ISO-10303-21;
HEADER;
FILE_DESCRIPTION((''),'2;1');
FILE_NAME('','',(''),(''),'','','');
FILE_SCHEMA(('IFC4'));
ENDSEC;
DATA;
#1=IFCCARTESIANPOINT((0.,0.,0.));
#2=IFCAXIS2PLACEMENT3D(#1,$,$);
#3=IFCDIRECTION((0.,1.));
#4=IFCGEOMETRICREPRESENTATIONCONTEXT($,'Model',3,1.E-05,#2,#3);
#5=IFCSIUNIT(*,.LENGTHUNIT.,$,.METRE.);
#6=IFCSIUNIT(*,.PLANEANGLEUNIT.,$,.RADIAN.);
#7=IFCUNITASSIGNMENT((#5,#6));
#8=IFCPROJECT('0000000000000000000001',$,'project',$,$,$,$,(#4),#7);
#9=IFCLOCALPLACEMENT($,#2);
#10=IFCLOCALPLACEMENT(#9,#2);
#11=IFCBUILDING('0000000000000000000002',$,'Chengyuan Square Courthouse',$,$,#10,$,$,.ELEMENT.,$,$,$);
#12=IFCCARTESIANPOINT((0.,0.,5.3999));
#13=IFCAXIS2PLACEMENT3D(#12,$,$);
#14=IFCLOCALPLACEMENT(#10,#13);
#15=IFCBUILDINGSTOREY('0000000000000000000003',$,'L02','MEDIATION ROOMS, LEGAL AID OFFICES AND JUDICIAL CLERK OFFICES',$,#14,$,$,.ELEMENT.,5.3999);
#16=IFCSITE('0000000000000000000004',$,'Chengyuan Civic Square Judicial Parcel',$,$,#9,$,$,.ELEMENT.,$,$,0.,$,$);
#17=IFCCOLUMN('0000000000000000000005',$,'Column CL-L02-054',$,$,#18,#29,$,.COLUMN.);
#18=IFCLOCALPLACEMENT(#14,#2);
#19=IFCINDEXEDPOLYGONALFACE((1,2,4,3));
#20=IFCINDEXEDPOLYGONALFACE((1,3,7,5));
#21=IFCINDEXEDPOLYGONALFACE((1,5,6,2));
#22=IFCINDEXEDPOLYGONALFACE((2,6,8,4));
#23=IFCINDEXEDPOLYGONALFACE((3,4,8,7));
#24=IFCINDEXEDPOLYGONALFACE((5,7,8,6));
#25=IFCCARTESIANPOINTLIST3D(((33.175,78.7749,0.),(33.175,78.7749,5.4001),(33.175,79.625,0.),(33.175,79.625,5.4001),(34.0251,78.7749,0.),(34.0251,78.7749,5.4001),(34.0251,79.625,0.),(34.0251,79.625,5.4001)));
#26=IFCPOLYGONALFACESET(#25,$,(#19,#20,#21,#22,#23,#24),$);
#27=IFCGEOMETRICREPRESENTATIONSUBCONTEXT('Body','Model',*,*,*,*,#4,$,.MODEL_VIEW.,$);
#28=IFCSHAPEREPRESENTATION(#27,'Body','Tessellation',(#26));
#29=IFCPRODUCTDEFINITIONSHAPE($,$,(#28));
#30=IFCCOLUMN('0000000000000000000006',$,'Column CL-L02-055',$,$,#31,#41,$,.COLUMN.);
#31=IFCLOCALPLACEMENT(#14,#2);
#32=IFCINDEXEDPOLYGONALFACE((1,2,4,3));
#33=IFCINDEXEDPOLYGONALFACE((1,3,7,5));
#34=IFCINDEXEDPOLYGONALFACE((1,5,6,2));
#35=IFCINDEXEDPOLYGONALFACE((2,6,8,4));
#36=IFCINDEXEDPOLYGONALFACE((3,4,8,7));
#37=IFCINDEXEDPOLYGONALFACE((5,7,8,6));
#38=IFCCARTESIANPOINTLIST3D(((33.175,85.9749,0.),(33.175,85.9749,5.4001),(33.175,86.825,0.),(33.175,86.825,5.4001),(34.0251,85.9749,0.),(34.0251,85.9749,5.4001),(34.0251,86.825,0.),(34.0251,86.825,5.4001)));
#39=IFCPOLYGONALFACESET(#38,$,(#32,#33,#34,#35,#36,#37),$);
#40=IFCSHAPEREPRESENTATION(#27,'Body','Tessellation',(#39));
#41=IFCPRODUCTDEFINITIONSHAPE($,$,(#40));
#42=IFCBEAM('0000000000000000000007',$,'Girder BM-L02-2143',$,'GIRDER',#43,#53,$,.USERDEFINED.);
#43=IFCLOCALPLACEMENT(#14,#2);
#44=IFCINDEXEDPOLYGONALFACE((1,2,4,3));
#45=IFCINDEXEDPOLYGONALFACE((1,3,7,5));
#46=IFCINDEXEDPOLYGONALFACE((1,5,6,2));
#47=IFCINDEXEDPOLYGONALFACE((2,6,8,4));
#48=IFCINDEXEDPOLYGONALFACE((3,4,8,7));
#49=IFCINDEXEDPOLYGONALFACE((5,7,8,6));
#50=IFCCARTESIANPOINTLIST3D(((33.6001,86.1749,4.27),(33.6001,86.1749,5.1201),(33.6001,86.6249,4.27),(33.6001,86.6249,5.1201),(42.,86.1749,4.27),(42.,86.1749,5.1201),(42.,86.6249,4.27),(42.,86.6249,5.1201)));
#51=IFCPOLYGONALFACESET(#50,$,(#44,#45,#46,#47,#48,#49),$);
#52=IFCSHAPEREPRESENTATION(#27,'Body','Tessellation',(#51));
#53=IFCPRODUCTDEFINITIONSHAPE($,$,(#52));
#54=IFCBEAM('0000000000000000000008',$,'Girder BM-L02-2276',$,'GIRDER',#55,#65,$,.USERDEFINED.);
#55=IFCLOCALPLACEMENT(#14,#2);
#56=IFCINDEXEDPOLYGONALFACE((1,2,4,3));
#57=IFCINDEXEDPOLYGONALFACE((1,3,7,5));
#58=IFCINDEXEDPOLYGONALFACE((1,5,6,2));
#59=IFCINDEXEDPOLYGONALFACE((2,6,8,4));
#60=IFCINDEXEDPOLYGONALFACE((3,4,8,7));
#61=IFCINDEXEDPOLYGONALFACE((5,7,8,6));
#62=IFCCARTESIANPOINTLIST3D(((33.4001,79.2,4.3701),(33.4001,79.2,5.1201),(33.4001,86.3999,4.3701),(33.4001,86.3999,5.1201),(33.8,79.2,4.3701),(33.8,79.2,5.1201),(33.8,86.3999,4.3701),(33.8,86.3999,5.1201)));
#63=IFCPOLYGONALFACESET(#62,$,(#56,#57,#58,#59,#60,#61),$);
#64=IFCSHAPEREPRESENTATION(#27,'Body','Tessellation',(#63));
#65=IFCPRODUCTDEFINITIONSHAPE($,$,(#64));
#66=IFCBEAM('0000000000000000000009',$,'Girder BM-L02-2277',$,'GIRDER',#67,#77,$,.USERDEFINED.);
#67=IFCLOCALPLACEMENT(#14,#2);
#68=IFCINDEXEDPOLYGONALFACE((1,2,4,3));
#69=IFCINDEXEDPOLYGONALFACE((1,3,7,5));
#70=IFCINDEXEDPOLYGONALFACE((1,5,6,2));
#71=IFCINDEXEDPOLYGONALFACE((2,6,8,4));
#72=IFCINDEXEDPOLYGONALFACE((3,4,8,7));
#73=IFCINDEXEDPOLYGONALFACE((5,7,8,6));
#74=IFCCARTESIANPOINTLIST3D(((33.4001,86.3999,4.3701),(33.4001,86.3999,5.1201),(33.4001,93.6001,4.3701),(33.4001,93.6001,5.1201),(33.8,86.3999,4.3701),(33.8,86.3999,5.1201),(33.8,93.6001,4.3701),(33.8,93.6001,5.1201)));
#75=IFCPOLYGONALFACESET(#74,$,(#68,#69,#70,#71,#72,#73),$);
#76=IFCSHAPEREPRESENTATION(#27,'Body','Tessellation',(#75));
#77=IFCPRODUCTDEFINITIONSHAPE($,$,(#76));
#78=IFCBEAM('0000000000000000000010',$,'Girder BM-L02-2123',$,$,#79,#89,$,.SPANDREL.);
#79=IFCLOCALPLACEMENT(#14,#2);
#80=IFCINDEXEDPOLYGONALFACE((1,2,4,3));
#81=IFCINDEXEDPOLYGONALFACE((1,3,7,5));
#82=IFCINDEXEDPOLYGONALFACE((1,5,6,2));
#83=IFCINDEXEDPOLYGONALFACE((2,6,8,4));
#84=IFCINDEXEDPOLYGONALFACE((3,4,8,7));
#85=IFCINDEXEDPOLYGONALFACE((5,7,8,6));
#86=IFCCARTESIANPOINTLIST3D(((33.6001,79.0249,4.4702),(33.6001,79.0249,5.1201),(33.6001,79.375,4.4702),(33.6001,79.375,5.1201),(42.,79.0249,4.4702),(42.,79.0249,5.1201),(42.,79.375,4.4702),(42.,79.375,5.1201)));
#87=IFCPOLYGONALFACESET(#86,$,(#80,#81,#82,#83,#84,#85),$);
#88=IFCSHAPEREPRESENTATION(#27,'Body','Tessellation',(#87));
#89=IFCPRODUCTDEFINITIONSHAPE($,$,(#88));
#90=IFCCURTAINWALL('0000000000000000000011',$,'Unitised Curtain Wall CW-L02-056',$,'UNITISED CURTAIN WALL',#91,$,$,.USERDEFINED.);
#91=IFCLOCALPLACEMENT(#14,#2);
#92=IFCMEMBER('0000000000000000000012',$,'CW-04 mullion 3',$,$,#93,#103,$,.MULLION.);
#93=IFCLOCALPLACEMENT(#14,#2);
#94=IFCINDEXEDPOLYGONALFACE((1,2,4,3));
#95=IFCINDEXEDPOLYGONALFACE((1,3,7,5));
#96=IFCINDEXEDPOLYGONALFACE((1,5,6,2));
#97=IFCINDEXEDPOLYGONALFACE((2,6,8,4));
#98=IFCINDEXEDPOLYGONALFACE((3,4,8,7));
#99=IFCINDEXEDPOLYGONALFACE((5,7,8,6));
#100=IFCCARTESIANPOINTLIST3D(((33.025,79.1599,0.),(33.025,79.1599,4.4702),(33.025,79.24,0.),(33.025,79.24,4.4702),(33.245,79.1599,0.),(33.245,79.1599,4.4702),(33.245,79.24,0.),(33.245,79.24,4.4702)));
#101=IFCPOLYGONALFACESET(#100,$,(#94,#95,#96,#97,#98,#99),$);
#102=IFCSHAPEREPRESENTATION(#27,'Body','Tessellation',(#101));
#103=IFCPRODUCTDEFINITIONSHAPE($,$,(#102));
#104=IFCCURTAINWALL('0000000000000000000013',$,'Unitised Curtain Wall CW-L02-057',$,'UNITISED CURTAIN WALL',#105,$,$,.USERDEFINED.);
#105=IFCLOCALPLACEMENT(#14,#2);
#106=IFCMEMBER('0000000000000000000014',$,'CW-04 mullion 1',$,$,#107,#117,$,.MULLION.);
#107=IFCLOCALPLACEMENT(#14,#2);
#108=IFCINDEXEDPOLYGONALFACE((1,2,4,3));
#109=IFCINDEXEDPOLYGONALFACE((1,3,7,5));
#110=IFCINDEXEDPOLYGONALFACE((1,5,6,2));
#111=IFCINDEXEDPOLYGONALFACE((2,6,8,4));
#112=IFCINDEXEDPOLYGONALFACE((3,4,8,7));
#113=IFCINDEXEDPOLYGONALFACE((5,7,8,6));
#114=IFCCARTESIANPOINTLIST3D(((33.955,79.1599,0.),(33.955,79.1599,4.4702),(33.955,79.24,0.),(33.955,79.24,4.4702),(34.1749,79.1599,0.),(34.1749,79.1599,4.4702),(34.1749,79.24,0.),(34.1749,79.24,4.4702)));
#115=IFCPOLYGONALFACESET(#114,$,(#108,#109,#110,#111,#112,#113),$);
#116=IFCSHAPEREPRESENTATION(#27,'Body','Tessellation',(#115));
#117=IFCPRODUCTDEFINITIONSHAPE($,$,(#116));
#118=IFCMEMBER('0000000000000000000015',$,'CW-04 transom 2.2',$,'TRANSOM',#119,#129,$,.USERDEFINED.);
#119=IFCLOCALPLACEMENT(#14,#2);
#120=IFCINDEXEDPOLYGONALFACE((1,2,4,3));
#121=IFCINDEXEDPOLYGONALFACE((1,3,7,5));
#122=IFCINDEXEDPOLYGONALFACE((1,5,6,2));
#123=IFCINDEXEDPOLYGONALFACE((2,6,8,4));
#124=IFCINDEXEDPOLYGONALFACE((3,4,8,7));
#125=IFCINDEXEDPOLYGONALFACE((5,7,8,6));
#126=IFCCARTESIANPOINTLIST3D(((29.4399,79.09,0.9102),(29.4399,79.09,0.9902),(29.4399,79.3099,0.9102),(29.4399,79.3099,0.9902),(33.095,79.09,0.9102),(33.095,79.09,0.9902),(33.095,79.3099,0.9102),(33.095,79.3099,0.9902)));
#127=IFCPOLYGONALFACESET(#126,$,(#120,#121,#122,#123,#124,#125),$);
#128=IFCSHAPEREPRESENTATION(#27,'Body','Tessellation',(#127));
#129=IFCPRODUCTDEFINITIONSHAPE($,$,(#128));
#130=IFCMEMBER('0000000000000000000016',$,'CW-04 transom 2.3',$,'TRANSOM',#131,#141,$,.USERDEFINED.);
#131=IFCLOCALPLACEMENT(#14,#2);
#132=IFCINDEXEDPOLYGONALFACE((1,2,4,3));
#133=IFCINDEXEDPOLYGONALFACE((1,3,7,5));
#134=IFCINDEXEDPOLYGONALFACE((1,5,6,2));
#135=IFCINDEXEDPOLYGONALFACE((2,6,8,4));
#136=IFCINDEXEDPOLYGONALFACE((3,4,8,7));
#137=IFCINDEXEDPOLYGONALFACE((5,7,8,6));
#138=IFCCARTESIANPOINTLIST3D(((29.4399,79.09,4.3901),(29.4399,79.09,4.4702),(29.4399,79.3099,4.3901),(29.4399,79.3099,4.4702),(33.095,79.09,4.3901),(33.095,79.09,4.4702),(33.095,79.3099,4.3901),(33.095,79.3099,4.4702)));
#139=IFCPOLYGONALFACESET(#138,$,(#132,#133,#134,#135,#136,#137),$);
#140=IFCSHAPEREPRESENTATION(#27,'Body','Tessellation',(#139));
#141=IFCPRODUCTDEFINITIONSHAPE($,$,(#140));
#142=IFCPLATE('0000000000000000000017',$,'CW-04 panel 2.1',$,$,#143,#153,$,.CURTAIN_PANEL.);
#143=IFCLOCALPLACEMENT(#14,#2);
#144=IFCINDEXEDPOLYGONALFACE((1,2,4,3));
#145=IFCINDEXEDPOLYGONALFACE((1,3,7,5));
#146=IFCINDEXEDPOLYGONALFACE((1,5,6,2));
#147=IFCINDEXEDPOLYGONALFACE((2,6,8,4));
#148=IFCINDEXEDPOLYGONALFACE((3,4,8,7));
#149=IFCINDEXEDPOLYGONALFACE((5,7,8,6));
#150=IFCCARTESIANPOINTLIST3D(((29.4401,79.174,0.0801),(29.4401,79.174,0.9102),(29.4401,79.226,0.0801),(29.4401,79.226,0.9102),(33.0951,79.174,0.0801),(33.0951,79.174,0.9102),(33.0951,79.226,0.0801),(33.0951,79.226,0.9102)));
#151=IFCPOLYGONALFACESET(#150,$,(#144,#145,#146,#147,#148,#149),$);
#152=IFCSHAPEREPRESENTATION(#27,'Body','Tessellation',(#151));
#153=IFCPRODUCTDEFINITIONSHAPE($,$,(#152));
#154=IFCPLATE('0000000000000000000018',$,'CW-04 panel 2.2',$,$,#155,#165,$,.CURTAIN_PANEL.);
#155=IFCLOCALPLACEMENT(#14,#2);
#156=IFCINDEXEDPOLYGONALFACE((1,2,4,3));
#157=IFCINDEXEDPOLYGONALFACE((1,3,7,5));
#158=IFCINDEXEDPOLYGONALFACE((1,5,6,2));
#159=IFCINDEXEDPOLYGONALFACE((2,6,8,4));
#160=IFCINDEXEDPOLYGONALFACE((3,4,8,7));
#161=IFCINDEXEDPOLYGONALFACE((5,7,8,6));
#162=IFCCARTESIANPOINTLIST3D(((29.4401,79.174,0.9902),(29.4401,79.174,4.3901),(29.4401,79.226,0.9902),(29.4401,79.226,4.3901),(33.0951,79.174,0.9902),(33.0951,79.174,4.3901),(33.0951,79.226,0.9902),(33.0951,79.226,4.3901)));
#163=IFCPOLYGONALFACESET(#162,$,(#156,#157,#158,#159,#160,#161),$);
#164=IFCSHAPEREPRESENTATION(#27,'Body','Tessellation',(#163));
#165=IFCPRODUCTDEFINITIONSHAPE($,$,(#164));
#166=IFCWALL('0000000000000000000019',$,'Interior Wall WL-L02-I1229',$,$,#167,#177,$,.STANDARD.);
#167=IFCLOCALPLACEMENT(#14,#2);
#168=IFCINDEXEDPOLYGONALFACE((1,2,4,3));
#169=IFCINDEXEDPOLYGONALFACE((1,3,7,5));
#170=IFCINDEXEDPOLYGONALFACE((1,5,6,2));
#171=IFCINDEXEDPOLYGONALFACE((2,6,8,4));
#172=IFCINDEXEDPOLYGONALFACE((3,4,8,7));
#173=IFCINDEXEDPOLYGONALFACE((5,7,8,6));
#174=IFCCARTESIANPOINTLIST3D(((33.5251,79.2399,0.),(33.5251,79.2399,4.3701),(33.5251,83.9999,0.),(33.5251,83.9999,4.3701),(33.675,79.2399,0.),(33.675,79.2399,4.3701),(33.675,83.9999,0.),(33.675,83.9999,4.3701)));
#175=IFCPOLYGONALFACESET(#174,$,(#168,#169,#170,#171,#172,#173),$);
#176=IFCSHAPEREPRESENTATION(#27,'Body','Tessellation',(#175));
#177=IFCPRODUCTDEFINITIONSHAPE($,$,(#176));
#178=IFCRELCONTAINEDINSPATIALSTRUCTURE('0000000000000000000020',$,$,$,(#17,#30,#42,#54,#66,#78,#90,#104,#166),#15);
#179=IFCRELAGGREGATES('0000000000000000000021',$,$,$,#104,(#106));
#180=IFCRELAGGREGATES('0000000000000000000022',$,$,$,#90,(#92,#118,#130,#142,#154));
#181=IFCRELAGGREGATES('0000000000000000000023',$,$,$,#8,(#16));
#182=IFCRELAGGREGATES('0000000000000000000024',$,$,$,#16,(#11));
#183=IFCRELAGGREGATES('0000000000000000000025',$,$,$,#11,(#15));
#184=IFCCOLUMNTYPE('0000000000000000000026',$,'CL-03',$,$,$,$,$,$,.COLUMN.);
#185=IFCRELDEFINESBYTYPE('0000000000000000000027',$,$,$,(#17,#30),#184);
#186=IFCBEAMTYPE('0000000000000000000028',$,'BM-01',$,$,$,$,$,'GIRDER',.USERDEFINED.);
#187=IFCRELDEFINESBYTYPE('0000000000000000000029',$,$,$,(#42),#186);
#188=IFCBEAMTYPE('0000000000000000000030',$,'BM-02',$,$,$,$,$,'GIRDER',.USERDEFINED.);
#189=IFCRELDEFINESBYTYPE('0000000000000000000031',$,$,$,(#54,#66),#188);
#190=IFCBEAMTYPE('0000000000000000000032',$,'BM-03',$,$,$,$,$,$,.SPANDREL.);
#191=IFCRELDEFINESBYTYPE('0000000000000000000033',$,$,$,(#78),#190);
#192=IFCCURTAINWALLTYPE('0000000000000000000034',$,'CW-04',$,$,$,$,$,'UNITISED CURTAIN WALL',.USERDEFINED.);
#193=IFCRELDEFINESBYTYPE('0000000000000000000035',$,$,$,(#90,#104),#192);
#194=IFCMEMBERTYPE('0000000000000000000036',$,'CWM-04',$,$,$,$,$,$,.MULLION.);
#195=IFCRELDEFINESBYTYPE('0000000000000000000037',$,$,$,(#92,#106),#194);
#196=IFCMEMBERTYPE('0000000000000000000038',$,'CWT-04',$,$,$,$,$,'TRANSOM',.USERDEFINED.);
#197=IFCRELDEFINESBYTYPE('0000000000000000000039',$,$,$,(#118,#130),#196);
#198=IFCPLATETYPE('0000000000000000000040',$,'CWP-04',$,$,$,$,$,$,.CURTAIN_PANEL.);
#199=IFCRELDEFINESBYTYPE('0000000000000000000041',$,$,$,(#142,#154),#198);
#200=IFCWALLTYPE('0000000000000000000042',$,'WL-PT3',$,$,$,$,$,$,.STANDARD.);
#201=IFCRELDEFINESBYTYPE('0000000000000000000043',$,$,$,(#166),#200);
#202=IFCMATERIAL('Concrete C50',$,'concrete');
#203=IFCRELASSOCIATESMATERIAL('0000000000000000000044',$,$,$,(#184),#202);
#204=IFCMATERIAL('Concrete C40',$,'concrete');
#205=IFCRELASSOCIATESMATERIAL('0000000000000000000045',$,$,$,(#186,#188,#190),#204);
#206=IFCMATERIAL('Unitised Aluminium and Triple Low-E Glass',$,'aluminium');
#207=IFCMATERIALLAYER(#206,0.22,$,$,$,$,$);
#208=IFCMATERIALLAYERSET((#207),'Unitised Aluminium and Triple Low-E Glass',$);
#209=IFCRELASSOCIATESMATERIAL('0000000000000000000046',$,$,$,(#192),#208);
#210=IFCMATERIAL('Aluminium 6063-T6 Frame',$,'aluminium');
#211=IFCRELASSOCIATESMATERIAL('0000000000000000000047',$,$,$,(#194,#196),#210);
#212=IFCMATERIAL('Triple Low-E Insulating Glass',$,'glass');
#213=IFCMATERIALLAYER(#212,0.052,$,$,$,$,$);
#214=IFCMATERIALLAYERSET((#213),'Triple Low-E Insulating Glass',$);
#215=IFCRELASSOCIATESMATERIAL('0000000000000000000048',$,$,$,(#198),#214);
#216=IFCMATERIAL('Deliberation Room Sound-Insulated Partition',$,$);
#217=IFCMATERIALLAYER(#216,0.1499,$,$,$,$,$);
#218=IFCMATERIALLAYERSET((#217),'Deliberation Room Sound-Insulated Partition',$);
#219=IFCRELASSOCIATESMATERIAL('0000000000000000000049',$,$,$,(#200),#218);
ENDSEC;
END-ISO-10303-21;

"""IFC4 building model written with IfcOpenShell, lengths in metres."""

from ifc_helpers import new_model, si_unit, direction, frame, frame_2d, origin, origin_2d, place, context, subcontext, project, spatial, rectangle, extrude, material, layer, layer_set, material_profile, profile_set, type_object, element, aggregate, save


model = new_model("IFC4")

# Units and contexts
model_context = context("Model", 3, precision=1e-05, world=origin(), true_north=direction((0.0, 1.0)))
body_context = subcontext(model_context, "Body", "Model", "MODEL_VIEW")
ifc_project = project(units=[si_unit("LENGTHUNIT", "METRE"), si_unit("PLANEANGLEUNIT", "RADIAN")], contexts=[model_context])

# Site, building, storey
site_placement = place(None, origin())
site = spatial("IfcSite", under=ifc_project, at=site_placement, Name="Chengyuan Civic Square Judicial Parcel", CompositionType="ELEMENT", RefElevation=0.0)
building_placement = place(site_placement, origin())
building = spatial("IfcBuilding", under=site, at=building_placement, Name="Chengyuan Square Courthouse", CompositionType="ELEMENT")
storey_placement = place(building_placement, frame((0.0, 0.0, 5.3999)))
storey = spatial("IfcBuildingStorey", under=building, at=storey_placement, Name="L02", Description="MEDIATION ROOMS, LEGAL AID OFFICES AND JUDICIAL CLERK OFFICES", CompositionType="ELEMENT", Elevation=5.3999)

# Columns
ifc_material_1 = material(Name="Concrete C50", Category="concrete")
ifc_material_profile_1 = material_profile(ifc_material_1, rectangle(XDim=0.8501, YDim=0.8501, at=origin_2d()), Name="RC-COL-850x850")
ifc_profile_set_1 = profile_set([ifc_material_profile_1], Name="Concrete C50")
column_type = type_object("IfcColumnType", Name="CL-03", PredefinedType="COLUMN", material=ifc_profile_set_1)
for number, where, z_axis, x_axis, name in (
    (1, (33.6001, 79.2, 0.0), (0.0, 0.0, 1.0), (1.0, 0.0, 0.0), "Column CL-L02-054"),
    (2, (33.6001, 86.3999, 0.0), (0.0, 0.0, 1.0), (1.0, 0.0, 0.0), "Column CL-L02-055"),
):
    element("IfcColumn", number, at=place(storey_placement, frame(where, z_axis=z_axis, x_axis=x_axis)), inside=storey, type_object=column_type, Name=name, PredefinedType="COLUMN", context=body_context, shape_type="SweptSolid", body=[
        extrude(rectangle(XDim=0.8501, YDim=0.8501, at=origin_2d()), origin(), (0.0, 0.0, 1.0), 5.4001),
    ])

# Beams
ifc_material_2 = material(Name="Concrete C40", Category="concrete")
ifc_material_profile_2 = material_profile(ifc_material_2, rectangle(XDim=0.45, YDim=0.8501, at=origin_2d()), Name="RC-BM-450x850")
ifc_profile_set_2 = profile_set([ifc_material_profile_2], Name="Concrete C40")
beam_type_1 = type_object("IfcBeamType", Name="BM-01", ElementType="GIRDER", PredefinedType="USERDEFINED", material=ifc_profile_set_2)
beam_1_placement = place(storey_placement, frame((33.6001, 86.3999, 4.6951), z_axis=(1.0, 0.0, 0.0), x_axis=(0.0, 1.0, 0.0)))
element("IfcBeam", 3, at=beam_1_placement, inside=storey, type_object=beam_type_1, Name="Girder BM-L02-2143", ObjectType="GIRDER", PredefinedType="USERDEFINED", context=body_context, shape_type="SweptSolid", body=[
    extrude(rectangle(XDim=0.45, YDim=0.8501, at=origin_2d()), origin(), (0.0, 0.0, 1.0), 8.3999),
])
ifc_material_profile_3 = material_profile(ifc_material_2, rectangle(XDim=0.3999, YDim=0.75, at=origin_2d()), Name="RC-BM-400x750")
ifc_profile_set_3 = profile_set([ifc_material_profile_3], Name="Concrete C40")
beam_type_2 = type_object("IfcBeamType", Name="BM-02", ElementType="GIRDER", PredefinedType="USERDEFINED", material=ifc_profile_set_3)
beam_2_placement = place(storey_placement, frame((33.6001, 79.2, 4.7451), z_axis=(0.0, 1.0, 0.0), x_axis=(-1.0, 0.0, 0.0)))
element("IfcBeam", 4, at=beam_2_placement, inside=storey, type_object=beam_type_2, Name="Girder BM-L02-2276", ObjectType="GIRDER", PredefinedType="USERDEFINED", context=body_context, shape_type="SweptSolid", body=[
    extrude(rectangle(XDim=0.3999, YDim=0.75, at=origin_2d()), origin(), (0.0, 0.0, 1.0), 7.2),
])
beam_3_placement = place(storey_placement, frame((33.6001, 86.3999, 4.7451), z_axis=(0.0, 1.0, 0.0), x_axis=(-1.0, 0.0, 0.0)))
element("IfcBeam", 5, at=beam_3_placement, inside=storey, type_object=beam_type_2, Name="Girder BM-L02-2277", ObjectType="GIRDER", PredefinedType="USERDEFINED", context=body_context, shape_type="SweptSolid", body=[
    extrude(rectangle(XDim=0.3999, YDim=0.75, at=origin_2d()), origin(), (0.0, 0.0, 1.0), 7.2002),
])
ifc_material_profile_4 = material_profile(ifc_material_2, rectangle(XDim=0.3501, YDim=0.6499, at=origin_2d()), Name="RC-BM-350x650")
ifc_profile_set_4 = profile_set([ifc_material_profile_4], Name="Concrete C40")
beam_type_3 = type_object("IfcBeamType", Name="BM-03", PredefinedType="SPANDREL", material=ifc_profile_set_4)
beam_4_placement = place(storey_placement, frame((33.6001, 79.2, 4.7952), z_axis=(1.0, 0.0, 0.0), x_axis=(0.0, 1.0, 0.0)))
element("IfcBeam", 6, at=beam_4_placement, inside=storey, type_object=beam_type_3, Name="Girder BM-L02-2123", PredefinedType="SPANDREL", context=body_context, shape_type="SweptSolid", body=[
    extrude(rectangle(XDim=0.3501, YDim=0.6499, at=origin_2d()), origin(), (0.0, 0.0, 1.0), 8.3999),
])

# Curtain walls, members
ifc_material_3 = material(Name="Unitised Aluminium and Triple Low-E Glass", Category="aluminium")
ifc_layer_1 = layer(ifc_material_3, 0.22)
ifc_layer_set_1 = layer_set([ifc_layer_1], Name="Unitised Aluminium and Triple Low-E Glass")
curtain_wall_type = type_object("IfcCurtainWallType", Name="CW-04", ElementType="UNITISED CURTAIN WALL", PredefinedType="USERDEFINED", material=ifc_layer_set_1)
curtain_wall_1_placement = place(storey_placement, origin())
curtain_wall_1 = element("IfcCurtainWall", 7, at=curtain_wall_1_placement, inside=storey, type_object=curtain_wall_type, Name="Unitised Curtain Wall CW-L02-056", ObjectType="UNITISED CURTAIN WALL", PredefinedType="USERDEFINED")
ifc_material_4 = material(Name="Aluminium 6063-T6 Frame", Category="aluminium")
ifc_material_profile_5 = material_profile(ifc_material_4, rectangle(XDim=0.0801, YDim=0.22, at=origin_2d()), Name="CW-MUL-80x220")
ifc_profile_set_5 = profile_set([ifc_material_profile_5], Name="Aluminium 6063-T6 Frame")
member_type_1 = type_object("IfcMemberType", Name="CWM-04", PredefinedType="MULLION", material=ifc_profile_set_5)
member_1_placement = place(storey_placement, frame((33.135, 79.2, 0.0), z_axis=(0.0, 0.0, 1.0), x_axis=(0.0, 1.0, 0.0)))
member_1 = element("IfcMember", 8, at=member_1_placement, type_object=member_type_1, Name="CW-04 mullion 3", PredefinedType="MULLION", context=body_context, shape_type="SweptSolid", body=[
    extrude(rectangle(XDim=0.0801, YDim=0.22, at=origin_2d()), origin(), (0.0, 0.0, 1.0), 4.4702),
])
curtain_wall_2_placement = place(storey_placement, origin())
curtain_wall_2 = element("IfcCurtainWall", 9, at=curtain_wall_2_placement, inside=storey, type_object=curtain_wall_type, Name="Unitised Curtain Wall CW-L02-057", ObjectType="UNITISED CURTAIN WALL", PredefinedType="USERDEFINED")
member_2_placement = place(storey_placement, frame((34.0649, 79.2, 0.0), z_axis=(0.0, 0.0, 1.0), x_axis=(0.0, 1.0, 0.0)))
member_2 = element("IfcMember", 10, at=member_2_placement, type_object=member_type_1, Name="CW-04 mullion 1", PredefinedType="MULLION", context=body_context, shape_type="SweptSolid", body=[
    extrude(rectangle(XDim=0.0801, YDim=0.22, at=origin_2d()), origin(), (0.0, 0.0, 1.0), 4.4702),
])
aggregate(curtain_wall_2, [member_2])

# Members
ifc_material_profile_6 = material_profile(ifc_material_4, rectangle(XDim=0.22, YDim=0.0801, at=origin_2d()), Name="CW-TRN-80x180")
ifc_profile_set_6 = profile_set([ifc_material_profile_6], Name="Aluminium 6063-T6 Frame")
member_type_2 = type_object("IfcMemberType", Name="CWT-04", ElementType="TRANSOM", PredefinedType="USERDEFINED", material=ifc_profile_set_6)
member_3_placement = place(storey_placement, frame((29.4399, 79.2, 0.9502), z_axis=(1.0, 0.0, 0.0), x_axis=(0.0, 1.0, 0.0)))
member_3 = element("IfcMember", 11, at=member_3_placement, type_object=member_type_2, Name="CW-04 transom 2.2", ObjectType="TRANSOM", PredefinedType="USERDEFINED", context=body_context, shape_type="SweptSolid", body=[
    extrude(rectangle(XDim=0.22, YDim=0.0801, at=origin_2d()), origin(), (0.0, 0.0, 1.0), 3.655),
])
member_4_placement = place(storey_placement, frame((29.4399, 79.2, 4.4302), z_axis=(1.0, 0.0, 0.0), x_axis=(0.0, 1.0, 0.0)))
member_4 = element("IfcMember", 12, at=member_4_placement, type_object=member_type_2, Name="CW-04 transom 2.3", ObjectType="TRANSOM", PredefinedType="USERDEFINED", context=body_context, shape_type="SweptSolid", body=[
    extrude(rectangle(XDim=0.22, YDim=0.0801, at=origin_2d()), origin(), (0.0, 0.0, 1.0), 3.655),
])

# Plates
ifc_material_5 = material(Name="Triple Low-E Insulating Glass", Category="glass")
ifc_layer_2 = layer(ifc_material_5, 0.052)
ifc_layer_set_2 = layer_set([ifc_layer_2], Name="Triple Low-E Insulating Glass")
plate_type = type_object("IfcPlateType", Name="CWP-04", PredefinedType="CURTAIN_PANEL", material=ifc_layer_set_2)
plate_1_placement = place(storey_placement, frame((31.2676, 79.2, 0.0801), z_axis=(0.0, 0.0, 1.0), x_axis=(1.0, 0.0, 0.0)))
plate_1 = element("IfcPlate", 13, at=plate_1_placement, type_object=plate_type, Name="CW-04 panel 2.1", PredefinedType="CURTAIN_PANEL", context=body_context, shape_type="SweptSolid", body=[
    extrude(rectangle(XDim=3.655, YDim=0.052, at=origin_2d()), origin(), (0.0, 0.0, 1.0), 0.8301),
])
plate_2_placement = place(storey_placement, frame((31.2676, 79.2, 0.9902), z_axis=(0.0, 0.0, 1.0), x_axis=(1.0, 0.0, 0.0)))
plate_2 = element("IfcPlate", 14, at=plate_2_placement, type_object=plate_type, Name="CW-04 panel 2.2", PredefinedType="CURTAIN_PANEL", context=body_context, shape_type="SweptSolid", body=[
    extrude(rectangle(XDim=3.655, YDim=0.052, at=origin_2d()), origin(), (0.0, 0.0, 1.0), 3.3999),
])
aggregate(curtain_wall_1, [member_1, member_3, member_4, plate_1, plate_2])

# Wall
ifc_material_6 = material(Name="Deliberation Room Sound-Insulated Partition")
ifc_layer_3 = layer(ifc_material_6, 0.1499)
ifc_layer_set_3 = layer_set([ifc_layer_3], Name="Deliberation Room Sound-Insulated Partition")
wall_type_1 = type_object("IfcWallType", Name="WL-PT3", PredefinedType="STANDARD", material=ifc_layer_set_3)
wall_1_placement = place(storey_placement, frame((33.6001, 79.24, 0.0), z_axis=(0.0, 0.0, 1.0), x_axis=(0.0, 1.0, 0.0)))
element("IfcWall", 15, at=wall_1_placement, inside=storey, type_object=wall_type_1, Name="Interior Wall WL-L02-I1229", PredefinedType="STANDARD", context=body_context, shape_type="SweptSolid", body=[
    extrude(rectangle(XDim=4.76, YDim=0.1499, at=frame_2d((2.3799, 0.0))), origin(), (0.0, 0.0, 1.0), 4.3701),
])

save(model, "model.ifc")
